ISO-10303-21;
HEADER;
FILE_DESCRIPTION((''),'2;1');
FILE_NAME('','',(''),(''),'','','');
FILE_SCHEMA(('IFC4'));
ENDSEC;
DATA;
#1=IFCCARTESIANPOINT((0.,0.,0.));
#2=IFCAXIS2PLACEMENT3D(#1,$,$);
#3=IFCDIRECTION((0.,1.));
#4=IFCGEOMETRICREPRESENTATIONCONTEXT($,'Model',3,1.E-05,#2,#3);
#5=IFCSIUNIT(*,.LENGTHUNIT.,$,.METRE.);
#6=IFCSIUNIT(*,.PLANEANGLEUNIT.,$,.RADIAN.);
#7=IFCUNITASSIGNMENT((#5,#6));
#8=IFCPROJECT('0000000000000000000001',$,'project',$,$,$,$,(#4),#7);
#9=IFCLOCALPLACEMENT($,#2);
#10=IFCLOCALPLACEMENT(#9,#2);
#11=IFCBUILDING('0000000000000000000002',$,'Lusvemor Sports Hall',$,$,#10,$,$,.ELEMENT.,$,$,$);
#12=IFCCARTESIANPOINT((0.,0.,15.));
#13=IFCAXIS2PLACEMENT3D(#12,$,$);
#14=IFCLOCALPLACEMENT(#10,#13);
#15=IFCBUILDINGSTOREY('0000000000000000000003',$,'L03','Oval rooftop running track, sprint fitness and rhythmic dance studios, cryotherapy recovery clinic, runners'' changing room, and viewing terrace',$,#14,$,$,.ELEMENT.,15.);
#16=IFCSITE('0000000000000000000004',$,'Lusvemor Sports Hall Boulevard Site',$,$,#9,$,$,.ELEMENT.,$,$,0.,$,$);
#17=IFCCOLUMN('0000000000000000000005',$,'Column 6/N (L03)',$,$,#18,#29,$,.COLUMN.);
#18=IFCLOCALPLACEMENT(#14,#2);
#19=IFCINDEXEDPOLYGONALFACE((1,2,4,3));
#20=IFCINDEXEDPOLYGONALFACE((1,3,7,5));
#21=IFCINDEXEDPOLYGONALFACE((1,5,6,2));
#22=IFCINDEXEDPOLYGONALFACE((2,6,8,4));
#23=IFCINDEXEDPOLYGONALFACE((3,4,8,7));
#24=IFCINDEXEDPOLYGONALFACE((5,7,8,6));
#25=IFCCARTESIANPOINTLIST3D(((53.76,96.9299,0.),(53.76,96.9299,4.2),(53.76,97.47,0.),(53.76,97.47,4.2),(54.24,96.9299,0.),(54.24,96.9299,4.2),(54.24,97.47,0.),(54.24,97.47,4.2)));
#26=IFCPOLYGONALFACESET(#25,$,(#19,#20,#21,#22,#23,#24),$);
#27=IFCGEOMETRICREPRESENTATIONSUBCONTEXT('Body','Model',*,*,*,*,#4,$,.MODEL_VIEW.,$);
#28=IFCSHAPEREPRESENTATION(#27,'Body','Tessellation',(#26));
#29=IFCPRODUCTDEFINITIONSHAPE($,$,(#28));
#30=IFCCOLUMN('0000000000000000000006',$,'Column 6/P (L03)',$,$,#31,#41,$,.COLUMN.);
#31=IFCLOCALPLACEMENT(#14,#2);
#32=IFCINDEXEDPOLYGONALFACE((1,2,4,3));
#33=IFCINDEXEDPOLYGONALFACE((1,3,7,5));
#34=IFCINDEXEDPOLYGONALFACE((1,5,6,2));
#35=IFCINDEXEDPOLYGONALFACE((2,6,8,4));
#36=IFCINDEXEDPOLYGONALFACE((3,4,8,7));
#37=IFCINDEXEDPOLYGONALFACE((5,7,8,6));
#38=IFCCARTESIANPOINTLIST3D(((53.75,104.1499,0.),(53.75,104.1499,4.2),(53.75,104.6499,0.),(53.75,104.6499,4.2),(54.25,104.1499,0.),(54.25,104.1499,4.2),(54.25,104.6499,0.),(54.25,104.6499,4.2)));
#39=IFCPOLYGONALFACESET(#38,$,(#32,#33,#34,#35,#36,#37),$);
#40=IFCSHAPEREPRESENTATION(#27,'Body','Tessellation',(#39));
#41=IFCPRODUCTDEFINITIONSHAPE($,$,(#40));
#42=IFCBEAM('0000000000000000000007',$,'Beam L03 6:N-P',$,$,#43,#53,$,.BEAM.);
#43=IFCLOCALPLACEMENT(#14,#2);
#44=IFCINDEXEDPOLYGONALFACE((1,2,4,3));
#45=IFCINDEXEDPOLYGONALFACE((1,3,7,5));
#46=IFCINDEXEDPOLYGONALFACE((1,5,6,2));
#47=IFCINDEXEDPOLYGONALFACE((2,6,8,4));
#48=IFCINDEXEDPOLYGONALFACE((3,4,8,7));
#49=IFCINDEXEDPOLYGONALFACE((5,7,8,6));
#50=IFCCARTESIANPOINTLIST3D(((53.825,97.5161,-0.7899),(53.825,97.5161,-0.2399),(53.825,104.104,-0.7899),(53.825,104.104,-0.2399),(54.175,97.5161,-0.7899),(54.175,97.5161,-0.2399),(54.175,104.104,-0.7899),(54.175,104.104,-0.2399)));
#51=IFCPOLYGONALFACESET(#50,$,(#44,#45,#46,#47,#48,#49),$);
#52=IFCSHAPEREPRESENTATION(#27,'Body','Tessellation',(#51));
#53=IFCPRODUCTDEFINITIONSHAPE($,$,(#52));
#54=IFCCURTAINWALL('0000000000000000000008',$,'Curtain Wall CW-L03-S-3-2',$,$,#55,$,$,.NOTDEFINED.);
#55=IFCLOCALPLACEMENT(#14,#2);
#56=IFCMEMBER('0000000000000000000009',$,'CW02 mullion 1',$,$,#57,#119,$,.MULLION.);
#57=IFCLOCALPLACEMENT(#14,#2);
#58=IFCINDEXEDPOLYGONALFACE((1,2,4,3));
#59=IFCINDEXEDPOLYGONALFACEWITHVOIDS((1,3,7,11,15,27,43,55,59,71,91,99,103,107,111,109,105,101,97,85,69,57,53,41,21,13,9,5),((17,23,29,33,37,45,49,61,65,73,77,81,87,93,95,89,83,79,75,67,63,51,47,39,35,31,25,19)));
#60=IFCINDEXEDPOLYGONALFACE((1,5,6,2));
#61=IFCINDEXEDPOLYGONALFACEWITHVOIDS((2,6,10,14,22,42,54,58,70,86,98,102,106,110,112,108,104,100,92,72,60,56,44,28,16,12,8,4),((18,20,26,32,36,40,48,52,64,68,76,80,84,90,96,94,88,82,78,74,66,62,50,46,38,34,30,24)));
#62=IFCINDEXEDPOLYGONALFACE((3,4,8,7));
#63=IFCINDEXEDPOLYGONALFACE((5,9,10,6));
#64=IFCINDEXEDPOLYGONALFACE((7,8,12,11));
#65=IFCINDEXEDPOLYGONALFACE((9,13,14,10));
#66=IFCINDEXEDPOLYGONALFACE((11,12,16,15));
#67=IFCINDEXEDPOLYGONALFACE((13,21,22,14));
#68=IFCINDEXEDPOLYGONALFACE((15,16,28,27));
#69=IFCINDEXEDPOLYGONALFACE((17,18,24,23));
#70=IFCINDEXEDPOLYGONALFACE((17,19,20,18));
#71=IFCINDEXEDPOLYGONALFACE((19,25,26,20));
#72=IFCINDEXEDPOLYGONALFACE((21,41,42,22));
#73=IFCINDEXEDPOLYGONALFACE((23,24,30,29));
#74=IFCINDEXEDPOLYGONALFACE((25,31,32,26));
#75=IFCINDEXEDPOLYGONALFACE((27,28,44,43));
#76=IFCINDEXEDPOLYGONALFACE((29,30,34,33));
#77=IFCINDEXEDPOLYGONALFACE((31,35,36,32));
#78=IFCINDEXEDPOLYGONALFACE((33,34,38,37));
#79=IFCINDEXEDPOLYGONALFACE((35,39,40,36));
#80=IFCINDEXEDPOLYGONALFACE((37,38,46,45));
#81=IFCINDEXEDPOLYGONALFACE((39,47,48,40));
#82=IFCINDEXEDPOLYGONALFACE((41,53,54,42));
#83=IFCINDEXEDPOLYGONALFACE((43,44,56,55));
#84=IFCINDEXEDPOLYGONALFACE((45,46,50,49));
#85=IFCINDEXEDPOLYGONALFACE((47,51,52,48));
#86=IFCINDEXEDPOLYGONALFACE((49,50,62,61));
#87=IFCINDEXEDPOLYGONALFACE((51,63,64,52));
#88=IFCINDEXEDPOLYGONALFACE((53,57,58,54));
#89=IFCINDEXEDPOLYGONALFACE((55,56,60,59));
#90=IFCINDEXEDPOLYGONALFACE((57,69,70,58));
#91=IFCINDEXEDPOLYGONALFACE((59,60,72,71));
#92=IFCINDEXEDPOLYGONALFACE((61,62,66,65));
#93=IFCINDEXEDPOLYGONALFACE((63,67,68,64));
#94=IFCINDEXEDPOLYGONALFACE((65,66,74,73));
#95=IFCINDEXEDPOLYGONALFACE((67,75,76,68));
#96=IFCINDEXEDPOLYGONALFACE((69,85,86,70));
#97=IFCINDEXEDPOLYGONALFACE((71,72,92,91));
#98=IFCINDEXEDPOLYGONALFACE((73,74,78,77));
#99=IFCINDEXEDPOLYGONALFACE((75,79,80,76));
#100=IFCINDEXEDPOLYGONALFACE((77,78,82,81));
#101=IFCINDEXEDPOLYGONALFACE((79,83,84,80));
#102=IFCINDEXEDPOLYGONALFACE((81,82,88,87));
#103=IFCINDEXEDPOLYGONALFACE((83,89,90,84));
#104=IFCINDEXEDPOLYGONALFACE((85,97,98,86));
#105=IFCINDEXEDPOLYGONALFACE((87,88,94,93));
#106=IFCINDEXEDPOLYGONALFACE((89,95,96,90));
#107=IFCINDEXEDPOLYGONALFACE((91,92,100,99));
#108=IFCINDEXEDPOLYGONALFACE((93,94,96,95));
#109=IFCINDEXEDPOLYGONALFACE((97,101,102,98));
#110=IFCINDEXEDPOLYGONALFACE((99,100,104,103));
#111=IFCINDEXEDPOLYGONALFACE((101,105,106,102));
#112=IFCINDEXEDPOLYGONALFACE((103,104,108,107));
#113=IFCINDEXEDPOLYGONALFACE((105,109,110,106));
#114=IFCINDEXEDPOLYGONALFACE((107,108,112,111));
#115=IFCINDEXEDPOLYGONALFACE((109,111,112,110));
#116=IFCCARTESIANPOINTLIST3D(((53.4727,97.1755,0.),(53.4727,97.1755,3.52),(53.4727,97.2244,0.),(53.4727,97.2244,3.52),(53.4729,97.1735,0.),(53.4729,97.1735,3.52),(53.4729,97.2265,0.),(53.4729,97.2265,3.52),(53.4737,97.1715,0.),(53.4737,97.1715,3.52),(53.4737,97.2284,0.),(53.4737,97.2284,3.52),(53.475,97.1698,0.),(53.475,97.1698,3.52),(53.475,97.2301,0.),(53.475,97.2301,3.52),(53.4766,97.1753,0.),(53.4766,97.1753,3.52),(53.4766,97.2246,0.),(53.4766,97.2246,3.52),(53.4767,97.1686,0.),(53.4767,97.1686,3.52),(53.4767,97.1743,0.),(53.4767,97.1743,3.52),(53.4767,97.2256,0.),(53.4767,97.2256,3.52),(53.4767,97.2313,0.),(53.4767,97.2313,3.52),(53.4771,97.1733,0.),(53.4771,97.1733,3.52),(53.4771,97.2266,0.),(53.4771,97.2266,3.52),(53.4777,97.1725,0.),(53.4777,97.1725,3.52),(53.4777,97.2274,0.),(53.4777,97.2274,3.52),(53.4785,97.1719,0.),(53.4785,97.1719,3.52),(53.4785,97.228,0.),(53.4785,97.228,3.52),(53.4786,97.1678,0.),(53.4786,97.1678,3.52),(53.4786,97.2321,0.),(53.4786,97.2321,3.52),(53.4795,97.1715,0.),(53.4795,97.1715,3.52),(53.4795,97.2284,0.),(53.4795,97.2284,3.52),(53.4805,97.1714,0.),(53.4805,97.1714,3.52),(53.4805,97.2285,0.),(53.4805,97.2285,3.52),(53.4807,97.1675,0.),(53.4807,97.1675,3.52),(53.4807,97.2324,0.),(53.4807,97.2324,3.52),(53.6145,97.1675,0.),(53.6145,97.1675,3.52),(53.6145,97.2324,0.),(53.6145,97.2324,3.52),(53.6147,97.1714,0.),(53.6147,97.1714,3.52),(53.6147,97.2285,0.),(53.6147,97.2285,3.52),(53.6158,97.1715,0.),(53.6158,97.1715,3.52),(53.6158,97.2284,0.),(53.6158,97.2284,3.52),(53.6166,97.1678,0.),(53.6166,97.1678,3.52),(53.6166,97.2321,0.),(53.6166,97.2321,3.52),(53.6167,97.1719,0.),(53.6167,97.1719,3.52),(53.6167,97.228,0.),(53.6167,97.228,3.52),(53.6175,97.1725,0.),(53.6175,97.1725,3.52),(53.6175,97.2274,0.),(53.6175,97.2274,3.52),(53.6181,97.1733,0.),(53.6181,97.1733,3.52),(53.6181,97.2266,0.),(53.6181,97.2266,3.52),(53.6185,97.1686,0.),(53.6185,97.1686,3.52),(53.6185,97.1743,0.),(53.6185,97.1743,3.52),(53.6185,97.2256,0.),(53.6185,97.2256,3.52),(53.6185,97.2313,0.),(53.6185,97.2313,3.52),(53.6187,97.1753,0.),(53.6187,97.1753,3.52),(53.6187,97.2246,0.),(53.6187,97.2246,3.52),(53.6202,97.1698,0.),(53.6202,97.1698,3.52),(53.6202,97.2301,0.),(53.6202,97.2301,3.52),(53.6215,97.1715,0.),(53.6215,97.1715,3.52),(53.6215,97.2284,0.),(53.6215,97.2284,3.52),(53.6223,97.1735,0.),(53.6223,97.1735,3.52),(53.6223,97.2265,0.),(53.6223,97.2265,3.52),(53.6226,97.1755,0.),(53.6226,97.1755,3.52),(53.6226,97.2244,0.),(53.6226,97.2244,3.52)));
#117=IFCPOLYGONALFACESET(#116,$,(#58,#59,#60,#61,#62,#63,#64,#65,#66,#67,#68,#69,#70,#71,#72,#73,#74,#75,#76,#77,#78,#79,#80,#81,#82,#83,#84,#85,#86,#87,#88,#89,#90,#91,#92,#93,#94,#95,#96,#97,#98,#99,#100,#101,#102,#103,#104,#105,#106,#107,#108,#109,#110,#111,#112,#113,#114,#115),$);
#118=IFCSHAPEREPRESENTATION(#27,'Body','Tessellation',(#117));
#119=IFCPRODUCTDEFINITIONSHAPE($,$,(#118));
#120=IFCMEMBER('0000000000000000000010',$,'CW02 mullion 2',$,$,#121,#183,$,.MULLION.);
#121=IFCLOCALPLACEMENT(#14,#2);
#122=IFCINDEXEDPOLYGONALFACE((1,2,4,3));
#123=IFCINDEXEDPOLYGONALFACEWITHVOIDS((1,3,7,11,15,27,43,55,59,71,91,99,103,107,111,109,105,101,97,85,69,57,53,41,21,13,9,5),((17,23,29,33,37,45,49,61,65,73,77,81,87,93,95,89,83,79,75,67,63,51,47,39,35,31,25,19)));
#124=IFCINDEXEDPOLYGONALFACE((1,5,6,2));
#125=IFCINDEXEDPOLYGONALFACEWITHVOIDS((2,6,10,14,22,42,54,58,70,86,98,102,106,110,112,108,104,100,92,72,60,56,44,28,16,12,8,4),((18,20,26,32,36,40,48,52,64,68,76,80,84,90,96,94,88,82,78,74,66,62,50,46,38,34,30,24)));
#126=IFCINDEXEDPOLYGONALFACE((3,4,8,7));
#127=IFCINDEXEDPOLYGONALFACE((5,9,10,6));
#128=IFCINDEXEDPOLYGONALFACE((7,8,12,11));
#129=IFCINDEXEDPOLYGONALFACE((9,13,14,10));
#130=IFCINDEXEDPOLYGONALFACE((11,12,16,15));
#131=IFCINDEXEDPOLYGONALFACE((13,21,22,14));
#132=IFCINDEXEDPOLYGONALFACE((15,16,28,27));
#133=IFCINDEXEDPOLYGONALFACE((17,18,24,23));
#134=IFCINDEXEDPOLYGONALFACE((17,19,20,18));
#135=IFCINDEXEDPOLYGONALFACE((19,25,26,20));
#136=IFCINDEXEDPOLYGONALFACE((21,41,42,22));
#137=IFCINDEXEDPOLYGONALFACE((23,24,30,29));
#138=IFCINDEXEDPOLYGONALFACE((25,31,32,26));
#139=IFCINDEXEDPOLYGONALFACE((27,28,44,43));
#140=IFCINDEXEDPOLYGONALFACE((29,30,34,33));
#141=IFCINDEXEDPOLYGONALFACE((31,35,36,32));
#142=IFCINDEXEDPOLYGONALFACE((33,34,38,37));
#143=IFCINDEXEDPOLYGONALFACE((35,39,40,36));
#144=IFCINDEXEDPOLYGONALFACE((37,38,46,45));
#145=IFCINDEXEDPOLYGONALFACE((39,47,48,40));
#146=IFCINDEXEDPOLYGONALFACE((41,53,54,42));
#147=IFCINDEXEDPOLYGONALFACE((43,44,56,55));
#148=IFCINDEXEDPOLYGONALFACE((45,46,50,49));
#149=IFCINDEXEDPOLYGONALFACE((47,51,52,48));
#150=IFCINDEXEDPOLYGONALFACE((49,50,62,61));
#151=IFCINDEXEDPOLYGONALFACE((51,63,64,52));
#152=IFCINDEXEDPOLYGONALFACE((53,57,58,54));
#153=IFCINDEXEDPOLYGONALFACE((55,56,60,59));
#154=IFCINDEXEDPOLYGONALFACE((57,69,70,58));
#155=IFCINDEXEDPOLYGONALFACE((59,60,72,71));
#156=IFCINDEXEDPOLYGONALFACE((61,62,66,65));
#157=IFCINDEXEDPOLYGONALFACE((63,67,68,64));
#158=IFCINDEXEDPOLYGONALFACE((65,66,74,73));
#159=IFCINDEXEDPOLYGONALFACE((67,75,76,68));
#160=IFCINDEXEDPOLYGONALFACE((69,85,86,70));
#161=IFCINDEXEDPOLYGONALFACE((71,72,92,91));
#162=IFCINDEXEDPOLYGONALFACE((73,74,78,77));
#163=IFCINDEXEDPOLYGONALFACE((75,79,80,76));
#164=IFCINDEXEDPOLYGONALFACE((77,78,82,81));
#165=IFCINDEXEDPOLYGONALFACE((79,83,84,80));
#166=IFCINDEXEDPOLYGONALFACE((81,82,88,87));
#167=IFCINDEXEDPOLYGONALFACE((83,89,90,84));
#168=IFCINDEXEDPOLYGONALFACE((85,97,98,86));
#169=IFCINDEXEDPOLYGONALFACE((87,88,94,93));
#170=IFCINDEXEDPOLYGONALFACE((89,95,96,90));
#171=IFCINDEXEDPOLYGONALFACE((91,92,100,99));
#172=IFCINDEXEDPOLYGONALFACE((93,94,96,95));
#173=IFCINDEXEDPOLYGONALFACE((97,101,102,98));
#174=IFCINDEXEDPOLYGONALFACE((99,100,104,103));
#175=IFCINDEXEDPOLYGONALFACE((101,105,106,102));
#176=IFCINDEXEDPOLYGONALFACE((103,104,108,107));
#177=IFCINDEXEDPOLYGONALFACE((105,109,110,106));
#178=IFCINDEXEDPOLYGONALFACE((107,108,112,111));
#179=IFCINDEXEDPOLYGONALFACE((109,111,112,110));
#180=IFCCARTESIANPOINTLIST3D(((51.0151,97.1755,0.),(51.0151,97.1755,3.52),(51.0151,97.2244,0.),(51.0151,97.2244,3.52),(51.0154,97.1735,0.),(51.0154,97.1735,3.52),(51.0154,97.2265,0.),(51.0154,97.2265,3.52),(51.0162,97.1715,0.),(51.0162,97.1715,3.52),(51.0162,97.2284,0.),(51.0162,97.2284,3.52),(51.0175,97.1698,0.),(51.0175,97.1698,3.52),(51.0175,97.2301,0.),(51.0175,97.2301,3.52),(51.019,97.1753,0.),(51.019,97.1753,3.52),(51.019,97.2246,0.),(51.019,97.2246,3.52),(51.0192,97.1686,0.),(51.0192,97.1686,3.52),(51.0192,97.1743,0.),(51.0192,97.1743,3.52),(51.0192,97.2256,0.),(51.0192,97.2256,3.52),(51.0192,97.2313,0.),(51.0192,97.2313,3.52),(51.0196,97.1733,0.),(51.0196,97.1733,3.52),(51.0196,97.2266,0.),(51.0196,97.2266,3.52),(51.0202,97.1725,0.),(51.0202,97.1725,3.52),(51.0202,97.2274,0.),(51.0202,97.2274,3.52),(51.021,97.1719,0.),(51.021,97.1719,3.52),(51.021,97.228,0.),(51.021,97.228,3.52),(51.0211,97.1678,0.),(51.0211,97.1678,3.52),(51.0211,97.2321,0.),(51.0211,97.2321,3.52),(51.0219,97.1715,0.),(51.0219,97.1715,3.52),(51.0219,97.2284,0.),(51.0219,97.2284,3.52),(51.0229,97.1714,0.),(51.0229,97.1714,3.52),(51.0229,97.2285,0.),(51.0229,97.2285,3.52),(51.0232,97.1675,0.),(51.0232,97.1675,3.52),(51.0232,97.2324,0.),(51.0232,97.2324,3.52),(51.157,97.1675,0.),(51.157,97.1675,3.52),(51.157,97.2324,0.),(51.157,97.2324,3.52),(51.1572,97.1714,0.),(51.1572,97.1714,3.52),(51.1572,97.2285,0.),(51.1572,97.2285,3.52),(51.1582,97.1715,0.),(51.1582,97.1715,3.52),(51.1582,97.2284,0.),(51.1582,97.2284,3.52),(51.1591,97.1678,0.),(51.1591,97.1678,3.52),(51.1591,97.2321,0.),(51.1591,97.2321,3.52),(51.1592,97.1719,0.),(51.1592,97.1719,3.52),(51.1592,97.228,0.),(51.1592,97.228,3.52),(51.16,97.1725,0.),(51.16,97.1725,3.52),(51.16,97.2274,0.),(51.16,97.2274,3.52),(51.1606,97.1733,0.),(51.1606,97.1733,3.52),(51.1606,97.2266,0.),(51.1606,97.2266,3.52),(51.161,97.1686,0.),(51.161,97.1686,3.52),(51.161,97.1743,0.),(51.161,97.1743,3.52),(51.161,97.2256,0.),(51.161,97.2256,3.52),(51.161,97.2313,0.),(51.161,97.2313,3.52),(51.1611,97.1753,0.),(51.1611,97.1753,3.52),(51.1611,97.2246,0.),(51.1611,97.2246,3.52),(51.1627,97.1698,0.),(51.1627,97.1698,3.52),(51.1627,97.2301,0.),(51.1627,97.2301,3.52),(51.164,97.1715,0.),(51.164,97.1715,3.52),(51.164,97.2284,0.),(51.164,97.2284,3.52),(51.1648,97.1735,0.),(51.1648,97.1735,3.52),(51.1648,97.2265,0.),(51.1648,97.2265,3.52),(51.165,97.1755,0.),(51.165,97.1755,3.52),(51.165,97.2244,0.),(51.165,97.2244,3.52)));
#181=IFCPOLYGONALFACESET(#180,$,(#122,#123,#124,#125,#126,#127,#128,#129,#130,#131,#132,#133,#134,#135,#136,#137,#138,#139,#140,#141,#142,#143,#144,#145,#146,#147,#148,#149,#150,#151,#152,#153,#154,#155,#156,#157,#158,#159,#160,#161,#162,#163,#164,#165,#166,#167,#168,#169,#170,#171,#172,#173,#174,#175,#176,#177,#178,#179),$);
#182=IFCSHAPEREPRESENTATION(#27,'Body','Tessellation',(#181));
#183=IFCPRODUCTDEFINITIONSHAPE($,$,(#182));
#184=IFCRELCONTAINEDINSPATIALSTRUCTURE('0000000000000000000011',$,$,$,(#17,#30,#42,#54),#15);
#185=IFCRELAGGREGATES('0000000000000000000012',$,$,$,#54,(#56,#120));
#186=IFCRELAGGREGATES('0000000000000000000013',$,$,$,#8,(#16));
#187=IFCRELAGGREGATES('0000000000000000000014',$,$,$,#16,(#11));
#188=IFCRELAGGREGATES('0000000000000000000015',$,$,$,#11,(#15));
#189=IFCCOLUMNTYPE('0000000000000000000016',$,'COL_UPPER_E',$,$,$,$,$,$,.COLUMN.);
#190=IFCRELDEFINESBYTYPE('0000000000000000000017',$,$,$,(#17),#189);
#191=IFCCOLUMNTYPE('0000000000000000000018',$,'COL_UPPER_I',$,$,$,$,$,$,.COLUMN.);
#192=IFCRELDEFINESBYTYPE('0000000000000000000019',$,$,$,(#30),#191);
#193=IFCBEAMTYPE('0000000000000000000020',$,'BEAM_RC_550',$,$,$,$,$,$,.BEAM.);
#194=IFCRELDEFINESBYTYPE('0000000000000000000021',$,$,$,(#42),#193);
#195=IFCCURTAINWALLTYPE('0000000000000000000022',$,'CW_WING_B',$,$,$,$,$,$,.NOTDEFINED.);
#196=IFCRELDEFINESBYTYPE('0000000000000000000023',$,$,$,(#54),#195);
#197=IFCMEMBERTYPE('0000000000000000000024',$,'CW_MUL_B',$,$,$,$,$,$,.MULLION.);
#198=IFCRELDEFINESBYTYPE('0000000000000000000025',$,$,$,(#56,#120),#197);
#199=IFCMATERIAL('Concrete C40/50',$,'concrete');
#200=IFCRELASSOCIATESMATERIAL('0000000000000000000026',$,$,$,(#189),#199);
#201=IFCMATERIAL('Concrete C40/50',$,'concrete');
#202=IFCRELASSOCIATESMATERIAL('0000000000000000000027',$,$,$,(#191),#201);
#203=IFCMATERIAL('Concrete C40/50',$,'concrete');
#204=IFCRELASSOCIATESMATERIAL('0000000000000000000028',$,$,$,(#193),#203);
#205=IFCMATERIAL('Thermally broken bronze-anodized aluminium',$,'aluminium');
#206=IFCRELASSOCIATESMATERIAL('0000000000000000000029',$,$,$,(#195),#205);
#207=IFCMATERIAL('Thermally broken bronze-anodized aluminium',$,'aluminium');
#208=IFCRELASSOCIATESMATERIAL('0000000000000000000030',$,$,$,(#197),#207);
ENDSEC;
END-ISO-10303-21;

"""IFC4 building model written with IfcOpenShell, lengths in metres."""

from ifc_helpers import new_model, si_unit, direction, frame, origin, origin_2d, place, context, subcontext, project, spatial, rectangle, hollow_rectangle, extrude, material, material_profile, profile_set, type_object, element, aggregate, save


model = new_model("IFC4")

# Units and contexts
model_context = context("Model", 3, precision=1e-05, world=origin(), true_north=direction((0.0, 1.0)))
body_context = subcontext(model_context, "Body", "Model", "MODEL_VIEW")
ifc_project = project(units=[si_unit("LENGTHUNIT", "METRE"), si_unit("PLANEANGLEUNIT", "RADIAN")], contexts=[model_context])

# Site, building, storey
site_placement = place(None, origin())
site = spatial("IfcSite", under=ifc_project, at=site_placement, Name="Lusvemor Sports Hall Boulevard Site", CompositionType="ELEMENT", RefElevation=0.0)
building_placement = place(site_placement, origin())
building = spatial("IfcBuilding", under=site, at=building_placement, Name="Lusvemor Sports Hall", CompositionType="ELEMENT")
storey_placement = place(building_placement, frame((0.0, 0.0, 15.0)))
storey = spatial("IfcBuildingStorey", under=building, at=storey_placement, Name="L03", Description="Oval rooftop running track, sprint fitness and rhythmic dance studios, cryotherapy recovery clinic, runners' changing room, and viewing terrace", CompositionType="ELEMENT", Elevation=15.0)

# Columns
ifc_material_1 = material(Name="Concrete C40/50", Category="concrete")
ifc_material_profile_1 = material_profile(ifc_material_1, rectangle(XDim=0.48, YDim=0.54, at=origin_2d()), Name="RC480x540")
ifc_profile_set_1 = profile_set([ifc_material_profile_1], Name="Concrete C40/50")
column_type_1 = type_object("IfcColumnType", Name="COL_UPPER_E", PredefinedType="COLUMN", material=ifc_profile_set_1)
column_1_placement = place(storey_placement, frame((54.0, 97.2, 0.0), z_axis=(0.0, 0.0, 1.0), x_axis=(1.0, 0.0, 0.0)))
element("IfcColumn", 1, at=column_1_placement, inside=storey, type_object=column_type_1, Name="Column 6/N (L03)", PredefinedType="COLUMN", context=body_context, shape_type="SweptSolid", body=[
    extrude(rectangle(XDim=0.48, YDim=0.54, at=origin_2d()), origin(), (0.0, 0.0, 1.0), 4.2),
])
ifc_material_2 = material(Name="Concrete C40/50", Category="concrete")
ifc_material_profile_2 = material_profile(ifc_material_2, rectangle(XDim=0.5, YDim=0.5, at=origin_2d()), Name="RC500x500")
ifc_profile_set_2 = profile_set([ifc_material_profile_2], Name="Concrete C40/50")
column_type_2 = type_object("IfcColumnType", Name="COL_UPPER_I", PredefinedType="COLUMN", material=ifc_profile_set_2)
column_2_placement = place(storey_placement, frame((54.0, 104.3999, 0.0), z_axis=(0.0, 0.0, 1.0), x_axis=(1.0, 0.0, 0.0)))
element("IfcColumn", 2, at=column_2_placement, inside=storey, type_object=column_type_2, Name="Column 6/P (L03)", PredefinedType="COLUMN", context=body_context, shape_type="SweptSolid", body=[
    extrude(rectangle(XDim=0.5, YDim=0.5, at=origin_2d()), origin(), (0.0, 0.0, 1.0), 4.2),
])

# Beam
ifc_material_3 = material(Name="Concrete C40/50", Category="concrete")
ifc_material_profile_3 = material_profile(ifc_material_3, rectangle(XDim=0.3501, YDim=0.55, at=origin_2d()), Name="RC350x550")
ifc_profile_set_3 = profile_set([ifc_material_profile_3], Name="Concrete C40/50")
beam_type_1 = type_object("IfcBeamType", Name="BEAM_RC_550", PredefinedType="BEAM", material=ifc_profile_set_3)
beam_1_placement = place(storey_placement, frame((54.0, 97.5161, -0.5149), z_axis=(0.0, 1.0, 0.0), x_axis=(-1.0, 0.0, 0.0)))
element("IfcBeam", 3, at=beam_1_placement, inside=storey, type_object=beam_type_1, Name="Beam L03 6:N-P", PredefinedType="BEAM", context=body_context, shape_type="SweptSolid", body=[
    extrude(rectangle(XDim=0.3501, YDim=0.55, at=origin_2d()), origin(), (0.0, 0.0, 1.0), 6.5879),
])

# Curtain wall, members
ifc_material_4 = material(Name="Thermally broken bronze-anodized aluminium", Category="aluminium")
curtain_wall_type = type_object("IfcCurtainWallType", Name="CW_WING_B", PredefinedType="NOTDEFINED", material=ifc_material_4)
curtain_wall_placement = place(storey_placement, origin())
curtain_wall = element("IfcCurtainWall", 4, at=curtain_wall_placement, inside=storey, type_object=curtain_wall_type, Name="Curtain Wall CW-L03-S-3-2", PredefinedType="NOTDEFINED")
ifc_material_5 = material(Name="Thermally broken bronze-anodized aluminium", Category="aluminium")
ifc_material_profile_4 = material_profile(ifc_material_5, hollow_rectangle(XDim=0.0649, YDim=0.1499, WallThickness=0.0039, InnerFilletRadius=0.0039, OuterFilletRadius=0.0081, at=origin_2d()), Name="CWMUL150x65x4")
ifc_profile_set_4 = profile_set([ifc_material_profile_4], Name="Thermally broken bronze-anodized aluminium")
member_type_1 = type_object("IfcMemberType", Name="CW_MUL_B", PredefinedType="MULLION", material=ifc_profile_set_4)
member_1_placement = place(storey_placement, frame((53.5476, 97.2, 0.0), z_axis=(0.0, 0.0, 1.0), x_axis=(0.0, -1.0, 0.0)))
member_1 = element("IfcMember", 5, at=member_1_placement, type_object=member_type_1, Name="CW02 mullion 1", PredefinedType="MULLION", context=body_context, shape_type="SweptSolid", body=[
    extrude(hollow_rectangle(XDim=0.0649, YDim=0.1499, WallThickness=0.0039, InnerFilletRadius=0.0039, OuterFilletRadius=0.0081, at=origin_2d()), origin(), (0.0, 0.0, 1.0), 3.52),
])
member_2_placement = place(storey_placement, frame((51.0901, 97.2, 0.0), z_axis=(0.0, 0.0, 1.0), x_axis=(0.0, -1.0, 0.0)))
member_2 = element("IfcMember", 6, at=member_2_placement, type_object=member_type_1, Name="CW02 mullion 2", PredefinedType="MULLION", context=body_context, shape_type="SweptSolid", body=[
    extrude(hollow_rectangle(XDim=0.0649, YDim=0.1499, WallThickness=0.0039, InnerFilletRadius=0.0039, OuterFilletRadius=0.0081, at=origin_2d()), origin(), (0.0, 0.0, 1.0), 3.52),
])

aggregate(curtain_wall, [member_1, member_2])

save(model, "model.ifc")
